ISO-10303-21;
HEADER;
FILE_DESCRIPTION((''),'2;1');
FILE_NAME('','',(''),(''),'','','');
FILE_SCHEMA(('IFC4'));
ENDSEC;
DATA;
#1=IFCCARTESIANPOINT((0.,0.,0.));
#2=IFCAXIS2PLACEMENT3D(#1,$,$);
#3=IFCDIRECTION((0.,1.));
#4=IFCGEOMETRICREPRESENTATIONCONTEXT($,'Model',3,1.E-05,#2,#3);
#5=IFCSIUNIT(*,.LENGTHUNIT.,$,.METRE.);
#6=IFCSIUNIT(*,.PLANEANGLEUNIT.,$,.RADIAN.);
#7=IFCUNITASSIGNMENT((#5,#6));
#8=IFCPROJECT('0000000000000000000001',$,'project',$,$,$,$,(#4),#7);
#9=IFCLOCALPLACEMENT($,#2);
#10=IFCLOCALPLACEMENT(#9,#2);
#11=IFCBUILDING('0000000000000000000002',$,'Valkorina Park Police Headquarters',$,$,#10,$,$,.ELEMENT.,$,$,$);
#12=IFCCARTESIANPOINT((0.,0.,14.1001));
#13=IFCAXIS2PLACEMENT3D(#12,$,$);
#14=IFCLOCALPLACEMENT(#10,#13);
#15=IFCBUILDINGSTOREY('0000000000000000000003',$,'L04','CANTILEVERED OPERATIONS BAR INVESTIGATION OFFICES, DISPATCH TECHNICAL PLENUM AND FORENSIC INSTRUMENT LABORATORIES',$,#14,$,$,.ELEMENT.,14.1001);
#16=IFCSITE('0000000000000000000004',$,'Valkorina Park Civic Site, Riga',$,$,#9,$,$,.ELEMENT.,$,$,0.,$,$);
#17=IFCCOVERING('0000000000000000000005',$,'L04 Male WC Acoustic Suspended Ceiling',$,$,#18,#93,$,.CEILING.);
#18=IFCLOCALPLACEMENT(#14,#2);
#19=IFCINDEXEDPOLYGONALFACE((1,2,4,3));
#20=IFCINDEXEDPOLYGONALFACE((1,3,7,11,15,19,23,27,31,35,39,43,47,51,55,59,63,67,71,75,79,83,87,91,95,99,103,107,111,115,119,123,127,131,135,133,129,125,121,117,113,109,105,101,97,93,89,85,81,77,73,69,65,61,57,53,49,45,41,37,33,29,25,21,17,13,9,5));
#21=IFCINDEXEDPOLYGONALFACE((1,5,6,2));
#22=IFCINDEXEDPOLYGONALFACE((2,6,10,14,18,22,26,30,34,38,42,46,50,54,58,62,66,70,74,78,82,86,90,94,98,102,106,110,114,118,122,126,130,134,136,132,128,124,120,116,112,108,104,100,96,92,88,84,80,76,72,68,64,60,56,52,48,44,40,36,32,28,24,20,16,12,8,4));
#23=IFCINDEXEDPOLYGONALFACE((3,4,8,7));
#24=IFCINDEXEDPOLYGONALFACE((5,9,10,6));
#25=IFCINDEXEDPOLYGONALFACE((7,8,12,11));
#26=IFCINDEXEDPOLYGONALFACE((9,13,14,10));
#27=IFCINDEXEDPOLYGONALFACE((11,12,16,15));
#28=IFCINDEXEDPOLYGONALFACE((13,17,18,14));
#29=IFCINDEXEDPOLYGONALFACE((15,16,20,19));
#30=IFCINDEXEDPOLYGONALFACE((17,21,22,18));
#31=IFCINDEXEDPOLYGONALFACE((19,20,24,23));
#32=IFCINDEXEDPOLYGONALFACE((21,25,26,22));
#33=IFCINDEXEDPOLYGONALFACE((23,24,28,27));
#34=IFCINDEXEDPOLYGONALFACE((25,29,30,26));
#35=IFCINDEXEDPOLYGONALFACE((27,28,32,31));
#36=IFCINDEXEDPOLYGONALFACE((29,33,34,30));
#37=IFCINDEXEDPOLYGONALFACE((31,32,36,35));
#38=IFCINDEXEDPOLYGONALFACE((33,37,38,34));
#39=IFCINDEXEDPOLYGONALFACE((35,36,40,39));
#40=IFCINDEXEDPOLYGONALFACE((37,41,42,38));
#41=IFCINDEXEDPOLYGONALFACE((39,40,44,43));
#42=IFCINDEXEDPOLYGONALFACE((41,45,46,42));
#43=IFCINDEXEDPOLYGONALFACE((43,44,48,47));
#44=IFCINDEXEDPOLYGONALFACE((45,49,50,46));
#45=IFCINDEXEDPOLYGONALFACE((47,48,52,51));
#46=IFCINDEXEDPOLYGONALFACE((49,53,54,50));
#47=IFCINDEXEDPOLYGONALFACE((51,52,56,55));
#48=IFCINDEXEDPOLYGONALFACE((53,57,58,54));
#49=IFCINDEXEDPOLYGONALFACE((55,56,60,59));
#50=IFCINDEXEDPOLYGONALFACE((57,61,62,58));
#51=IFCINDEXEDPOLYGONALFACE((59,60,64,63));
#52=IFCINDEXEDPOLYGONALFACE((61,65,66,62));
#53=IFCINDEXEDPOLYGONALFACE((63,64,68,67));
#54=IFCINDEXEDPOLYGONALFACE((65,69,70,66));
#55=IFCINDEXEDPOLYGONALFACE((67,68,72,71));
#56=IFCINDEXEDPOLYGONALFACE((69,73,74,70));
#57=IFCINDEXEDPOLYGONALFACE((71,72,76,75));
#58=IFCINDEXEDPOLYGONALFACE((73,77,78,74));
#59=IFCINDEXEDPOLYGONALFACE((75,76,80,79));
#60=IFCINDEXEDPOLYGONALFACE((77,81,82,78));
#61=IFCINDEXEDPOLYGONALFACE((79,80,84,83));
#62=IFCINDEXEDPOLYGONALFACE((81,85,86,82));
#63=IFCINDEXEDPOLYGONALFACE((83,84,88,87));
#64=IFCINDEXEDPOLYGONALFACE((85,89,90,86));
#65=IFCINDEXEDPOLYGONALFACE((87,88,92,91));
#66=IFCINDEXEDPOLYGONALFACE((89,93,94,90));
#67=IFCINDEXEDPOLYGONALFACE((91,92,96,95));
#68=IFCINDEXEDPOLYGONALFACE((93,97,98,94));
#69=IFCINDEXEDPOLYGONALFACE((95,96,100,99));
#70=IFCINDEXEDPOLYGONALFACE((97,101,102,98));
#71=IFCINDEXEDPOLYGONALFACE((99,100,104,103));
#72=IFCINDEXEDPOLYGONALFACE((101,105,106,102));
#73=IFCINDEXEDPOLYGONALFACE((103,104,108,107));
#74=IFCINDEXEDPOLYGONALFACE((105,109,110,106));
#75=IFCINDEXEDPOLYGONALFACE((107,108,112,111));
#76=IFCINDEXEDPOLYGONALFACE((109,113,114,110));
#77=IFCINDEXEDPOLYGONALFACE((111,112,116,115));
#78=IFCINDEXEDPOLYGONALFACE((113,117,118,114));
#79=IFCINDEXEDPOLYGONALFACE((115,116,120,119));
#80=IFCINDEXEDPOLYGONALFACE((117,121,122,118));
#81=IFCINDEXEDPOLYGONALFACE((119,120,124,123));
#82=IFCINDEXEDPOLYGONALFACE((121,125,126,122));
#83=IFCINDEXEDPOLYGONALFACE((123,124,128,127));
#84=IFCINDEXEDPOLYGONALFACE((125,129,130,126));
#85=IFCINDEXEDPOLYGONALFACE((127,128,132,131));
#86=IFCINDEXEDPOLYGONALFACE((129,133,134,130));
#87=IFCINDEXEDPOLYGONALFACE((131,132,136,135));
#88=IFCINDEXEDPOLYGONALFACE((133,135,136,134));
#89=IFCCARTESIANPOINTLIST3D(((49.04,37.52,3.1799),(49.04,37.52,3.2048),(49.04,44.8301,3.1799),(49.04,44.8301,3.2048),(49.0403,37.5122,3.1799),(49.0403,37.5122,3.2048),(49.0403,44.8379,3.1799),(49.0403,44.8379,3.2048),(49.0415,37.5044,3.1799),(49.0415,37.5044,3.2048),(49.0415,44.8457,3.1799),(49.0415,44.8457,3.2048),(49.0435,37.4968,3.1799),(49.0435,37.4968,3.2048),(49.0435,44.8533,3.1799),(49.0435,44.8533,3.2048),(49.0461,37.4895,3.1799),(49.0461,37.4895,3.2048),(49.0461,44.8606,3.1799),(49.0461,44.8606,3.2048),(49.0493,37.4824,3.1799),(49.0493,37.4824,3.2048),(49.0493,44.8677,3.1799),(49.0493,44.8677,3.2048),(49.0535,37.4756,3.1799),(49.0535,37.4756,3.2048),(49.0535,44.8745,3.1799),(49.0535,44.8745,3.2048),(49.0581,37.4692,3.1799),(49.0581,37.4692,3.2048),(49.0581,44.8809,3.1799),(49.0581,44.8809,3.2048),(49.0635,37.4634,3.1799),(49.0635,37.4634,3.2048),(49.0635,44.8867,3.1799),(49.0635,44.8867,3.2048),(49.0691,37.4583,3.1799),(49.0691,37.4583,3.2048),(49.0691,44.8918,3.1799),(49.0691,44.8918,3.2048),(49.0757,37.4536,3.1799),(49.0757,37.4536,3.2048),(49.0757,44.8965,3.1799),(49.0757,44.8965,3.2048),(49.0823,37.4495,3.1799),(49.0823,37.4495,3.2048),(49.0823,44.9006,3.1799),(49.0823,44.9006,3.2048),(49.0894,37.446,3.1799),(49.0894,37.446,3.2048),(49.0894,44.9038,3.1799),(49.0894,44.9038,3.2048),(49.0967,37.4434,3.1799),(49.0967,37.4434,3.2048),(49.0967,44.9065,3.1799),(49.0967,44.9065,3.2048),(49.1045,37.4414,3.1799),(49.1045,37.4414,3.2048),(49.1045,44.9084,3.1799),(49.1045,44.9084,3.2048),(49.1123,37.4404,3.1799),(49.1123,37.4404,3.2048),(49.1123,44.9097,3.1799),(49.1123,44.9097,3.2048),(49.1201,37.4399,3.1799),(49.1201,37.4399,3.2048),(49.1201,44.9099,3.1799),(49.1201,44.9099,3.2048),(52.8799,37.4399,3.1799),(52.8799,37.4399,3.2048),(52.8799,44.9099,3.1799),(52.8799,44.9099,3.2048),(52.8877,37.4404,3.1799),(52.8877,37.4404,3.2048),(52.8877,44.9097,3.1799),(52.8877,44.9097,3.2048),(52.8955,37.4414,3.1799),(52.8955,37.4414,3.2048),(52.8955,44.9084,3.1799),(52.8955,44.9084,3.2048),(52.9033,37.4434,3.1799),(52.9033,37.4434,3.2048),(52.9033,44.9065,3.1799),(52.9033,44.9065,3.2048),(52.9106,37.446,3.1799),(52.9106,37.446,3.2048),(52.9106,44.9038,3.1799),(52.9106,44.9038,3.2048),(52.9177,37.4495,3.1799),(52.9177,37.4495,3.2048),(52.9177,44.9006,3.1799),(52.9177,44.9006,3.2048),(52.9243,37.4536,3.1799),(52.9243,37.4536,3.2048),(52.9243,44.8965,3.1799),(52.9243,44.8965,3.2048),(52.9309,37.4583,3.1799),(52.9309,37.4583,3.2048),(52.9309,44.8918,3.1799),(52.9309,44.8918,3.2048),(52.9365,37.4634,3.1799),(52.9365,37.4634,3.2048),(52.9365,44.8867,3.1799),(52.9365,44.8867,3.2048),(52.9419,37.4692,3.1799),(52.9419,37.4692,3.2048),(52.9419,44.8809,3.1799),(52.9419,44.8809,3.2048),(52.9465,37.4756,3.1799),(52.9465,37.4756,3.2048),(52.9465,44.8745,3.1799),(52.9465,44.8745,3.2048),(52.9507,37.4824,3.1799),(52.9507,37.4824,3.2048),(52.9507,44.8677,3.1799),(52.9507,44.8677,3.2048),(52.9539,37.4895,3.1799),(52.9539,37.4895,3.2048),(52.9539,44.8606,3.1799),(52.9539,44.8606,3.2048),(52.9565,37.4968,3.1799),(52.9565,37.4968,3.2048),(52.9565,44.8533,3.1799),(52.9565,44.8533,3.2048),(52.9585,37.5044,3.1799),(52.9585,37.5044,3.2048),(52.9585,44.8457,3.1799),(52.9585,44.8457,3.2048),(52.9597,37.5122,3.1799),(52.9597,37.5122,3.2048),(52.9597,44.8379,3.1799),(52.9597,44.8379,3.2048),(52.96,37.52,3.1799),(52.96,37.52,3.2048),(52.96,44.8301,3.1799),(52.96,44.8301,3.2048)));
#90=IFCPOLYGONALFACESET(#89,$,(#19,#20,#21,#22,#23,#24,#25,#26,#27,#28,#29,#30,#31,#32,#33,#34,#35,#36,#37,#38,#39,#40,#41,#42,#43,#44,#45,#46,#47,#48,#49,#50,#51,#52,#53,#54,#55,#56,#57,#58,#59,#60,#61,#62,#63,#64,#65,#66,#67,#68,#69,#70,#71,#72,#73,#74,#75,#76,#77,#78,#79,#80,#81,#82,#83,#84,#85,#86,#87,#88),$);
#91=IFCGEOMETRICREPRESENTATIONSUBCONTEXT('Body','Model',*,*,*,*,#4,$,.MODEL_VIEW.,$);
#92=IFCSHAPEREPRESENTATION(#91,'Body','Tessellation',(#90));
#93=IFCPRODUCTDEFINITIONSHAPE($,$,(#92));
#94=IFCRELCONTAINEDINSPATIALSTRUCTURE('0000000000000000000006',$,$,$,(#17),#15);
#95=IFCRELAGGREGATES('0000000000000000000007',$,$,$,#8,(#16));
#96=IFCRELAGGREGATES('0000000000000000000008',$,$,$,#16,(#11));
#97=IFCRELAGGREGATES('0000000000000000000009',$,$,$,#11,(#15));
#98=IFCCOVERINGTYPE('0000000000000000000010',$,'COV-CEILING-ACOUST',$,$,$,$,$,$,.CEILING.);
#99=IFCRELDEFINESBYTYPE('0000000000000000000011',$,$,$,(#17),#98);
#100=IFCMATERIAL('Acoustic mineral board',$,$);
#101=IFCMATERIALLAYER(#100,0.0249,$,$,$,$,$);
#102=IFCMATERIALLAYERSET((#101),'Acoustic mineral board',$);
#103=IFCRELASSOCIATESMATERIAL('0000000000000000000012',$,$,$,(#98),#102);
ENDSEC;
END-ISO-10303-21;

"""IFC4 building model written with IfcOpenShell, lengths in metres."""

from ifc_helpers import new_model, si_unit, direction, frame, origin, place, context, subcontext, project, spatial, polyline, outline, extrude, material, layer, layer_set, type_object, element, save


model = new_model("IFC4")

# Units and contexts
model_context = context("Model", 3, precision=1e-05, world=origin(), true_north=direction((0.0, 1.0)))
body_context = subcontext(model_context, "Body", "Model", "MODEL_VIEW")
ifc_project = project(units=[si_unit("LENGTHUNIT", "METRE"), si_unit("PLANEANGLEUNIT", "RADIAN")], contexts=[model_context])

# Site, building, storey
site_placement = place(None, origin())
site = spatial("IfcSite", under=ifc_project, at=site_placement, Name="Valkorina Park Civic Site, Riga", CompositionType="ELEMENT", RefElevation=0.0)
building_placement = place(site_placement, origin())
building = spatial("IfcBuilding", under=site, at=building_placement, Name="Valkorina Park Police Headquarters", CompositionType="ELEMENT")
storey_placement = place(building_placement, frame((0.0, 0.0, 14.1001)))
storey = spatial("IfcBuildingStorey", under=building, at=storey_placement, Name="L04", Description="CANTILEVERED OPERATIONS BAR INVESTIGATION OFFICES, DISPATCH TECHNICAL PLENUM AND FORENSIC INSTRUMENT LABORATORIES", CompositionType="ELEMENT", Elevation=14.1001)

# Covering
ifc_material_1 = material(Name="Acoustic mineral board")
ifc_layer_1 = layer(ifc_material_1, 0.0249)
ifc_layer_set_1 = layer_set([ifc_layer_1], Name="Acoustic mineral board")
covering_type_1 = type_object("IfcCoveringType", Name="COV-CEILING-ACOUST", PredefinedType="CEILING", material=ifc_layer_set_1)
covering_1_placement = place(storey_placement, frame((0.0, 0.0, 3.1799)))
element("IfcCovering", 1, at=covering_1_placement, inside=storey, type_object=covering_type_1, Name="L04 Male WC Acoustic Suspended Ceiling", PredefinedType="CEILING", context=body_context, shape_type="SweptSolid", body=[
    extrude(outline(polyline([(52.9585, 37.5044), (52.9597, 37.5122), (52.96, 37.52), (52.96, 44.8301), (52.9597, 44.8379), (52.9585, 44.8457), (52.9565, 44.8533), (52.9539, 44.8606), (52.9507, 44.8677), (52.9465, 44.8745), (52.9419, 44.8809), (52.9365, 44.8867), (52.9309, 44.8918), (52.9243, 44.8965), (52.9177, 44.9006), (52.9106, 44.9038), (52.9033, 44.9065), (52.8955, 44.9084), (52.8877, 44.9097), (52.8799, 44.9099), (49.1201, 44.9099), (49.1123, 44.9097), (49.1045, 44.9084), (49.0967, 44.9065), (49.0894, 44.9038), (49.0823, 44.9006), (49.0757, 44.8965), (49.0691, 44.8918), (49.0635, 44.8867), (49.0581, 44.8809), (49.0535, 44.8745), (49.0493, 44.8677), (49.0461, 44.8606), (49.0435, 44.8533), (49.0415, 44.8457), (49.0403, 44.8379), (49.04, 44.8301), (49.04, 37.52), (49.0403, 37.5122), (49.0415, 37.5044), (49.0435, 37.4968), (49.0461, 37.4895), (49.0493, 37.4824), (49.0535, 37.4756), (49.0581, 37.4692), (49.0635, 37.4634), (49.0691, 37.4583), (49.0757, 37.4536), (49.0823, 37.4495), (49.0894, 37.446), (49.0967, 37.4434), (49.1045, 37.4414), (49.1123, 37.4404), (49.1201, 37.4399), (52.8799, 37.4399), (52.8877, 37.4404), (52.8955, 37.4414), (52.9033, 37.4434), (52.9106, 37.446), (52.9177, 37.4495), (52.9243, 37.4536), (52.9309, 37.4583), (52.9365, 37.4634), (52.9419, 37.4692), (52.9465, 37.4756), (52.9507, 37.4824), (52.9539, 37.4895), (52.9565, 37.4968), (52.9585, 37.5044)])), origin(), (0.0, 0.0, 1.0), 0.0249),
])

save(model, "model.ifc")
